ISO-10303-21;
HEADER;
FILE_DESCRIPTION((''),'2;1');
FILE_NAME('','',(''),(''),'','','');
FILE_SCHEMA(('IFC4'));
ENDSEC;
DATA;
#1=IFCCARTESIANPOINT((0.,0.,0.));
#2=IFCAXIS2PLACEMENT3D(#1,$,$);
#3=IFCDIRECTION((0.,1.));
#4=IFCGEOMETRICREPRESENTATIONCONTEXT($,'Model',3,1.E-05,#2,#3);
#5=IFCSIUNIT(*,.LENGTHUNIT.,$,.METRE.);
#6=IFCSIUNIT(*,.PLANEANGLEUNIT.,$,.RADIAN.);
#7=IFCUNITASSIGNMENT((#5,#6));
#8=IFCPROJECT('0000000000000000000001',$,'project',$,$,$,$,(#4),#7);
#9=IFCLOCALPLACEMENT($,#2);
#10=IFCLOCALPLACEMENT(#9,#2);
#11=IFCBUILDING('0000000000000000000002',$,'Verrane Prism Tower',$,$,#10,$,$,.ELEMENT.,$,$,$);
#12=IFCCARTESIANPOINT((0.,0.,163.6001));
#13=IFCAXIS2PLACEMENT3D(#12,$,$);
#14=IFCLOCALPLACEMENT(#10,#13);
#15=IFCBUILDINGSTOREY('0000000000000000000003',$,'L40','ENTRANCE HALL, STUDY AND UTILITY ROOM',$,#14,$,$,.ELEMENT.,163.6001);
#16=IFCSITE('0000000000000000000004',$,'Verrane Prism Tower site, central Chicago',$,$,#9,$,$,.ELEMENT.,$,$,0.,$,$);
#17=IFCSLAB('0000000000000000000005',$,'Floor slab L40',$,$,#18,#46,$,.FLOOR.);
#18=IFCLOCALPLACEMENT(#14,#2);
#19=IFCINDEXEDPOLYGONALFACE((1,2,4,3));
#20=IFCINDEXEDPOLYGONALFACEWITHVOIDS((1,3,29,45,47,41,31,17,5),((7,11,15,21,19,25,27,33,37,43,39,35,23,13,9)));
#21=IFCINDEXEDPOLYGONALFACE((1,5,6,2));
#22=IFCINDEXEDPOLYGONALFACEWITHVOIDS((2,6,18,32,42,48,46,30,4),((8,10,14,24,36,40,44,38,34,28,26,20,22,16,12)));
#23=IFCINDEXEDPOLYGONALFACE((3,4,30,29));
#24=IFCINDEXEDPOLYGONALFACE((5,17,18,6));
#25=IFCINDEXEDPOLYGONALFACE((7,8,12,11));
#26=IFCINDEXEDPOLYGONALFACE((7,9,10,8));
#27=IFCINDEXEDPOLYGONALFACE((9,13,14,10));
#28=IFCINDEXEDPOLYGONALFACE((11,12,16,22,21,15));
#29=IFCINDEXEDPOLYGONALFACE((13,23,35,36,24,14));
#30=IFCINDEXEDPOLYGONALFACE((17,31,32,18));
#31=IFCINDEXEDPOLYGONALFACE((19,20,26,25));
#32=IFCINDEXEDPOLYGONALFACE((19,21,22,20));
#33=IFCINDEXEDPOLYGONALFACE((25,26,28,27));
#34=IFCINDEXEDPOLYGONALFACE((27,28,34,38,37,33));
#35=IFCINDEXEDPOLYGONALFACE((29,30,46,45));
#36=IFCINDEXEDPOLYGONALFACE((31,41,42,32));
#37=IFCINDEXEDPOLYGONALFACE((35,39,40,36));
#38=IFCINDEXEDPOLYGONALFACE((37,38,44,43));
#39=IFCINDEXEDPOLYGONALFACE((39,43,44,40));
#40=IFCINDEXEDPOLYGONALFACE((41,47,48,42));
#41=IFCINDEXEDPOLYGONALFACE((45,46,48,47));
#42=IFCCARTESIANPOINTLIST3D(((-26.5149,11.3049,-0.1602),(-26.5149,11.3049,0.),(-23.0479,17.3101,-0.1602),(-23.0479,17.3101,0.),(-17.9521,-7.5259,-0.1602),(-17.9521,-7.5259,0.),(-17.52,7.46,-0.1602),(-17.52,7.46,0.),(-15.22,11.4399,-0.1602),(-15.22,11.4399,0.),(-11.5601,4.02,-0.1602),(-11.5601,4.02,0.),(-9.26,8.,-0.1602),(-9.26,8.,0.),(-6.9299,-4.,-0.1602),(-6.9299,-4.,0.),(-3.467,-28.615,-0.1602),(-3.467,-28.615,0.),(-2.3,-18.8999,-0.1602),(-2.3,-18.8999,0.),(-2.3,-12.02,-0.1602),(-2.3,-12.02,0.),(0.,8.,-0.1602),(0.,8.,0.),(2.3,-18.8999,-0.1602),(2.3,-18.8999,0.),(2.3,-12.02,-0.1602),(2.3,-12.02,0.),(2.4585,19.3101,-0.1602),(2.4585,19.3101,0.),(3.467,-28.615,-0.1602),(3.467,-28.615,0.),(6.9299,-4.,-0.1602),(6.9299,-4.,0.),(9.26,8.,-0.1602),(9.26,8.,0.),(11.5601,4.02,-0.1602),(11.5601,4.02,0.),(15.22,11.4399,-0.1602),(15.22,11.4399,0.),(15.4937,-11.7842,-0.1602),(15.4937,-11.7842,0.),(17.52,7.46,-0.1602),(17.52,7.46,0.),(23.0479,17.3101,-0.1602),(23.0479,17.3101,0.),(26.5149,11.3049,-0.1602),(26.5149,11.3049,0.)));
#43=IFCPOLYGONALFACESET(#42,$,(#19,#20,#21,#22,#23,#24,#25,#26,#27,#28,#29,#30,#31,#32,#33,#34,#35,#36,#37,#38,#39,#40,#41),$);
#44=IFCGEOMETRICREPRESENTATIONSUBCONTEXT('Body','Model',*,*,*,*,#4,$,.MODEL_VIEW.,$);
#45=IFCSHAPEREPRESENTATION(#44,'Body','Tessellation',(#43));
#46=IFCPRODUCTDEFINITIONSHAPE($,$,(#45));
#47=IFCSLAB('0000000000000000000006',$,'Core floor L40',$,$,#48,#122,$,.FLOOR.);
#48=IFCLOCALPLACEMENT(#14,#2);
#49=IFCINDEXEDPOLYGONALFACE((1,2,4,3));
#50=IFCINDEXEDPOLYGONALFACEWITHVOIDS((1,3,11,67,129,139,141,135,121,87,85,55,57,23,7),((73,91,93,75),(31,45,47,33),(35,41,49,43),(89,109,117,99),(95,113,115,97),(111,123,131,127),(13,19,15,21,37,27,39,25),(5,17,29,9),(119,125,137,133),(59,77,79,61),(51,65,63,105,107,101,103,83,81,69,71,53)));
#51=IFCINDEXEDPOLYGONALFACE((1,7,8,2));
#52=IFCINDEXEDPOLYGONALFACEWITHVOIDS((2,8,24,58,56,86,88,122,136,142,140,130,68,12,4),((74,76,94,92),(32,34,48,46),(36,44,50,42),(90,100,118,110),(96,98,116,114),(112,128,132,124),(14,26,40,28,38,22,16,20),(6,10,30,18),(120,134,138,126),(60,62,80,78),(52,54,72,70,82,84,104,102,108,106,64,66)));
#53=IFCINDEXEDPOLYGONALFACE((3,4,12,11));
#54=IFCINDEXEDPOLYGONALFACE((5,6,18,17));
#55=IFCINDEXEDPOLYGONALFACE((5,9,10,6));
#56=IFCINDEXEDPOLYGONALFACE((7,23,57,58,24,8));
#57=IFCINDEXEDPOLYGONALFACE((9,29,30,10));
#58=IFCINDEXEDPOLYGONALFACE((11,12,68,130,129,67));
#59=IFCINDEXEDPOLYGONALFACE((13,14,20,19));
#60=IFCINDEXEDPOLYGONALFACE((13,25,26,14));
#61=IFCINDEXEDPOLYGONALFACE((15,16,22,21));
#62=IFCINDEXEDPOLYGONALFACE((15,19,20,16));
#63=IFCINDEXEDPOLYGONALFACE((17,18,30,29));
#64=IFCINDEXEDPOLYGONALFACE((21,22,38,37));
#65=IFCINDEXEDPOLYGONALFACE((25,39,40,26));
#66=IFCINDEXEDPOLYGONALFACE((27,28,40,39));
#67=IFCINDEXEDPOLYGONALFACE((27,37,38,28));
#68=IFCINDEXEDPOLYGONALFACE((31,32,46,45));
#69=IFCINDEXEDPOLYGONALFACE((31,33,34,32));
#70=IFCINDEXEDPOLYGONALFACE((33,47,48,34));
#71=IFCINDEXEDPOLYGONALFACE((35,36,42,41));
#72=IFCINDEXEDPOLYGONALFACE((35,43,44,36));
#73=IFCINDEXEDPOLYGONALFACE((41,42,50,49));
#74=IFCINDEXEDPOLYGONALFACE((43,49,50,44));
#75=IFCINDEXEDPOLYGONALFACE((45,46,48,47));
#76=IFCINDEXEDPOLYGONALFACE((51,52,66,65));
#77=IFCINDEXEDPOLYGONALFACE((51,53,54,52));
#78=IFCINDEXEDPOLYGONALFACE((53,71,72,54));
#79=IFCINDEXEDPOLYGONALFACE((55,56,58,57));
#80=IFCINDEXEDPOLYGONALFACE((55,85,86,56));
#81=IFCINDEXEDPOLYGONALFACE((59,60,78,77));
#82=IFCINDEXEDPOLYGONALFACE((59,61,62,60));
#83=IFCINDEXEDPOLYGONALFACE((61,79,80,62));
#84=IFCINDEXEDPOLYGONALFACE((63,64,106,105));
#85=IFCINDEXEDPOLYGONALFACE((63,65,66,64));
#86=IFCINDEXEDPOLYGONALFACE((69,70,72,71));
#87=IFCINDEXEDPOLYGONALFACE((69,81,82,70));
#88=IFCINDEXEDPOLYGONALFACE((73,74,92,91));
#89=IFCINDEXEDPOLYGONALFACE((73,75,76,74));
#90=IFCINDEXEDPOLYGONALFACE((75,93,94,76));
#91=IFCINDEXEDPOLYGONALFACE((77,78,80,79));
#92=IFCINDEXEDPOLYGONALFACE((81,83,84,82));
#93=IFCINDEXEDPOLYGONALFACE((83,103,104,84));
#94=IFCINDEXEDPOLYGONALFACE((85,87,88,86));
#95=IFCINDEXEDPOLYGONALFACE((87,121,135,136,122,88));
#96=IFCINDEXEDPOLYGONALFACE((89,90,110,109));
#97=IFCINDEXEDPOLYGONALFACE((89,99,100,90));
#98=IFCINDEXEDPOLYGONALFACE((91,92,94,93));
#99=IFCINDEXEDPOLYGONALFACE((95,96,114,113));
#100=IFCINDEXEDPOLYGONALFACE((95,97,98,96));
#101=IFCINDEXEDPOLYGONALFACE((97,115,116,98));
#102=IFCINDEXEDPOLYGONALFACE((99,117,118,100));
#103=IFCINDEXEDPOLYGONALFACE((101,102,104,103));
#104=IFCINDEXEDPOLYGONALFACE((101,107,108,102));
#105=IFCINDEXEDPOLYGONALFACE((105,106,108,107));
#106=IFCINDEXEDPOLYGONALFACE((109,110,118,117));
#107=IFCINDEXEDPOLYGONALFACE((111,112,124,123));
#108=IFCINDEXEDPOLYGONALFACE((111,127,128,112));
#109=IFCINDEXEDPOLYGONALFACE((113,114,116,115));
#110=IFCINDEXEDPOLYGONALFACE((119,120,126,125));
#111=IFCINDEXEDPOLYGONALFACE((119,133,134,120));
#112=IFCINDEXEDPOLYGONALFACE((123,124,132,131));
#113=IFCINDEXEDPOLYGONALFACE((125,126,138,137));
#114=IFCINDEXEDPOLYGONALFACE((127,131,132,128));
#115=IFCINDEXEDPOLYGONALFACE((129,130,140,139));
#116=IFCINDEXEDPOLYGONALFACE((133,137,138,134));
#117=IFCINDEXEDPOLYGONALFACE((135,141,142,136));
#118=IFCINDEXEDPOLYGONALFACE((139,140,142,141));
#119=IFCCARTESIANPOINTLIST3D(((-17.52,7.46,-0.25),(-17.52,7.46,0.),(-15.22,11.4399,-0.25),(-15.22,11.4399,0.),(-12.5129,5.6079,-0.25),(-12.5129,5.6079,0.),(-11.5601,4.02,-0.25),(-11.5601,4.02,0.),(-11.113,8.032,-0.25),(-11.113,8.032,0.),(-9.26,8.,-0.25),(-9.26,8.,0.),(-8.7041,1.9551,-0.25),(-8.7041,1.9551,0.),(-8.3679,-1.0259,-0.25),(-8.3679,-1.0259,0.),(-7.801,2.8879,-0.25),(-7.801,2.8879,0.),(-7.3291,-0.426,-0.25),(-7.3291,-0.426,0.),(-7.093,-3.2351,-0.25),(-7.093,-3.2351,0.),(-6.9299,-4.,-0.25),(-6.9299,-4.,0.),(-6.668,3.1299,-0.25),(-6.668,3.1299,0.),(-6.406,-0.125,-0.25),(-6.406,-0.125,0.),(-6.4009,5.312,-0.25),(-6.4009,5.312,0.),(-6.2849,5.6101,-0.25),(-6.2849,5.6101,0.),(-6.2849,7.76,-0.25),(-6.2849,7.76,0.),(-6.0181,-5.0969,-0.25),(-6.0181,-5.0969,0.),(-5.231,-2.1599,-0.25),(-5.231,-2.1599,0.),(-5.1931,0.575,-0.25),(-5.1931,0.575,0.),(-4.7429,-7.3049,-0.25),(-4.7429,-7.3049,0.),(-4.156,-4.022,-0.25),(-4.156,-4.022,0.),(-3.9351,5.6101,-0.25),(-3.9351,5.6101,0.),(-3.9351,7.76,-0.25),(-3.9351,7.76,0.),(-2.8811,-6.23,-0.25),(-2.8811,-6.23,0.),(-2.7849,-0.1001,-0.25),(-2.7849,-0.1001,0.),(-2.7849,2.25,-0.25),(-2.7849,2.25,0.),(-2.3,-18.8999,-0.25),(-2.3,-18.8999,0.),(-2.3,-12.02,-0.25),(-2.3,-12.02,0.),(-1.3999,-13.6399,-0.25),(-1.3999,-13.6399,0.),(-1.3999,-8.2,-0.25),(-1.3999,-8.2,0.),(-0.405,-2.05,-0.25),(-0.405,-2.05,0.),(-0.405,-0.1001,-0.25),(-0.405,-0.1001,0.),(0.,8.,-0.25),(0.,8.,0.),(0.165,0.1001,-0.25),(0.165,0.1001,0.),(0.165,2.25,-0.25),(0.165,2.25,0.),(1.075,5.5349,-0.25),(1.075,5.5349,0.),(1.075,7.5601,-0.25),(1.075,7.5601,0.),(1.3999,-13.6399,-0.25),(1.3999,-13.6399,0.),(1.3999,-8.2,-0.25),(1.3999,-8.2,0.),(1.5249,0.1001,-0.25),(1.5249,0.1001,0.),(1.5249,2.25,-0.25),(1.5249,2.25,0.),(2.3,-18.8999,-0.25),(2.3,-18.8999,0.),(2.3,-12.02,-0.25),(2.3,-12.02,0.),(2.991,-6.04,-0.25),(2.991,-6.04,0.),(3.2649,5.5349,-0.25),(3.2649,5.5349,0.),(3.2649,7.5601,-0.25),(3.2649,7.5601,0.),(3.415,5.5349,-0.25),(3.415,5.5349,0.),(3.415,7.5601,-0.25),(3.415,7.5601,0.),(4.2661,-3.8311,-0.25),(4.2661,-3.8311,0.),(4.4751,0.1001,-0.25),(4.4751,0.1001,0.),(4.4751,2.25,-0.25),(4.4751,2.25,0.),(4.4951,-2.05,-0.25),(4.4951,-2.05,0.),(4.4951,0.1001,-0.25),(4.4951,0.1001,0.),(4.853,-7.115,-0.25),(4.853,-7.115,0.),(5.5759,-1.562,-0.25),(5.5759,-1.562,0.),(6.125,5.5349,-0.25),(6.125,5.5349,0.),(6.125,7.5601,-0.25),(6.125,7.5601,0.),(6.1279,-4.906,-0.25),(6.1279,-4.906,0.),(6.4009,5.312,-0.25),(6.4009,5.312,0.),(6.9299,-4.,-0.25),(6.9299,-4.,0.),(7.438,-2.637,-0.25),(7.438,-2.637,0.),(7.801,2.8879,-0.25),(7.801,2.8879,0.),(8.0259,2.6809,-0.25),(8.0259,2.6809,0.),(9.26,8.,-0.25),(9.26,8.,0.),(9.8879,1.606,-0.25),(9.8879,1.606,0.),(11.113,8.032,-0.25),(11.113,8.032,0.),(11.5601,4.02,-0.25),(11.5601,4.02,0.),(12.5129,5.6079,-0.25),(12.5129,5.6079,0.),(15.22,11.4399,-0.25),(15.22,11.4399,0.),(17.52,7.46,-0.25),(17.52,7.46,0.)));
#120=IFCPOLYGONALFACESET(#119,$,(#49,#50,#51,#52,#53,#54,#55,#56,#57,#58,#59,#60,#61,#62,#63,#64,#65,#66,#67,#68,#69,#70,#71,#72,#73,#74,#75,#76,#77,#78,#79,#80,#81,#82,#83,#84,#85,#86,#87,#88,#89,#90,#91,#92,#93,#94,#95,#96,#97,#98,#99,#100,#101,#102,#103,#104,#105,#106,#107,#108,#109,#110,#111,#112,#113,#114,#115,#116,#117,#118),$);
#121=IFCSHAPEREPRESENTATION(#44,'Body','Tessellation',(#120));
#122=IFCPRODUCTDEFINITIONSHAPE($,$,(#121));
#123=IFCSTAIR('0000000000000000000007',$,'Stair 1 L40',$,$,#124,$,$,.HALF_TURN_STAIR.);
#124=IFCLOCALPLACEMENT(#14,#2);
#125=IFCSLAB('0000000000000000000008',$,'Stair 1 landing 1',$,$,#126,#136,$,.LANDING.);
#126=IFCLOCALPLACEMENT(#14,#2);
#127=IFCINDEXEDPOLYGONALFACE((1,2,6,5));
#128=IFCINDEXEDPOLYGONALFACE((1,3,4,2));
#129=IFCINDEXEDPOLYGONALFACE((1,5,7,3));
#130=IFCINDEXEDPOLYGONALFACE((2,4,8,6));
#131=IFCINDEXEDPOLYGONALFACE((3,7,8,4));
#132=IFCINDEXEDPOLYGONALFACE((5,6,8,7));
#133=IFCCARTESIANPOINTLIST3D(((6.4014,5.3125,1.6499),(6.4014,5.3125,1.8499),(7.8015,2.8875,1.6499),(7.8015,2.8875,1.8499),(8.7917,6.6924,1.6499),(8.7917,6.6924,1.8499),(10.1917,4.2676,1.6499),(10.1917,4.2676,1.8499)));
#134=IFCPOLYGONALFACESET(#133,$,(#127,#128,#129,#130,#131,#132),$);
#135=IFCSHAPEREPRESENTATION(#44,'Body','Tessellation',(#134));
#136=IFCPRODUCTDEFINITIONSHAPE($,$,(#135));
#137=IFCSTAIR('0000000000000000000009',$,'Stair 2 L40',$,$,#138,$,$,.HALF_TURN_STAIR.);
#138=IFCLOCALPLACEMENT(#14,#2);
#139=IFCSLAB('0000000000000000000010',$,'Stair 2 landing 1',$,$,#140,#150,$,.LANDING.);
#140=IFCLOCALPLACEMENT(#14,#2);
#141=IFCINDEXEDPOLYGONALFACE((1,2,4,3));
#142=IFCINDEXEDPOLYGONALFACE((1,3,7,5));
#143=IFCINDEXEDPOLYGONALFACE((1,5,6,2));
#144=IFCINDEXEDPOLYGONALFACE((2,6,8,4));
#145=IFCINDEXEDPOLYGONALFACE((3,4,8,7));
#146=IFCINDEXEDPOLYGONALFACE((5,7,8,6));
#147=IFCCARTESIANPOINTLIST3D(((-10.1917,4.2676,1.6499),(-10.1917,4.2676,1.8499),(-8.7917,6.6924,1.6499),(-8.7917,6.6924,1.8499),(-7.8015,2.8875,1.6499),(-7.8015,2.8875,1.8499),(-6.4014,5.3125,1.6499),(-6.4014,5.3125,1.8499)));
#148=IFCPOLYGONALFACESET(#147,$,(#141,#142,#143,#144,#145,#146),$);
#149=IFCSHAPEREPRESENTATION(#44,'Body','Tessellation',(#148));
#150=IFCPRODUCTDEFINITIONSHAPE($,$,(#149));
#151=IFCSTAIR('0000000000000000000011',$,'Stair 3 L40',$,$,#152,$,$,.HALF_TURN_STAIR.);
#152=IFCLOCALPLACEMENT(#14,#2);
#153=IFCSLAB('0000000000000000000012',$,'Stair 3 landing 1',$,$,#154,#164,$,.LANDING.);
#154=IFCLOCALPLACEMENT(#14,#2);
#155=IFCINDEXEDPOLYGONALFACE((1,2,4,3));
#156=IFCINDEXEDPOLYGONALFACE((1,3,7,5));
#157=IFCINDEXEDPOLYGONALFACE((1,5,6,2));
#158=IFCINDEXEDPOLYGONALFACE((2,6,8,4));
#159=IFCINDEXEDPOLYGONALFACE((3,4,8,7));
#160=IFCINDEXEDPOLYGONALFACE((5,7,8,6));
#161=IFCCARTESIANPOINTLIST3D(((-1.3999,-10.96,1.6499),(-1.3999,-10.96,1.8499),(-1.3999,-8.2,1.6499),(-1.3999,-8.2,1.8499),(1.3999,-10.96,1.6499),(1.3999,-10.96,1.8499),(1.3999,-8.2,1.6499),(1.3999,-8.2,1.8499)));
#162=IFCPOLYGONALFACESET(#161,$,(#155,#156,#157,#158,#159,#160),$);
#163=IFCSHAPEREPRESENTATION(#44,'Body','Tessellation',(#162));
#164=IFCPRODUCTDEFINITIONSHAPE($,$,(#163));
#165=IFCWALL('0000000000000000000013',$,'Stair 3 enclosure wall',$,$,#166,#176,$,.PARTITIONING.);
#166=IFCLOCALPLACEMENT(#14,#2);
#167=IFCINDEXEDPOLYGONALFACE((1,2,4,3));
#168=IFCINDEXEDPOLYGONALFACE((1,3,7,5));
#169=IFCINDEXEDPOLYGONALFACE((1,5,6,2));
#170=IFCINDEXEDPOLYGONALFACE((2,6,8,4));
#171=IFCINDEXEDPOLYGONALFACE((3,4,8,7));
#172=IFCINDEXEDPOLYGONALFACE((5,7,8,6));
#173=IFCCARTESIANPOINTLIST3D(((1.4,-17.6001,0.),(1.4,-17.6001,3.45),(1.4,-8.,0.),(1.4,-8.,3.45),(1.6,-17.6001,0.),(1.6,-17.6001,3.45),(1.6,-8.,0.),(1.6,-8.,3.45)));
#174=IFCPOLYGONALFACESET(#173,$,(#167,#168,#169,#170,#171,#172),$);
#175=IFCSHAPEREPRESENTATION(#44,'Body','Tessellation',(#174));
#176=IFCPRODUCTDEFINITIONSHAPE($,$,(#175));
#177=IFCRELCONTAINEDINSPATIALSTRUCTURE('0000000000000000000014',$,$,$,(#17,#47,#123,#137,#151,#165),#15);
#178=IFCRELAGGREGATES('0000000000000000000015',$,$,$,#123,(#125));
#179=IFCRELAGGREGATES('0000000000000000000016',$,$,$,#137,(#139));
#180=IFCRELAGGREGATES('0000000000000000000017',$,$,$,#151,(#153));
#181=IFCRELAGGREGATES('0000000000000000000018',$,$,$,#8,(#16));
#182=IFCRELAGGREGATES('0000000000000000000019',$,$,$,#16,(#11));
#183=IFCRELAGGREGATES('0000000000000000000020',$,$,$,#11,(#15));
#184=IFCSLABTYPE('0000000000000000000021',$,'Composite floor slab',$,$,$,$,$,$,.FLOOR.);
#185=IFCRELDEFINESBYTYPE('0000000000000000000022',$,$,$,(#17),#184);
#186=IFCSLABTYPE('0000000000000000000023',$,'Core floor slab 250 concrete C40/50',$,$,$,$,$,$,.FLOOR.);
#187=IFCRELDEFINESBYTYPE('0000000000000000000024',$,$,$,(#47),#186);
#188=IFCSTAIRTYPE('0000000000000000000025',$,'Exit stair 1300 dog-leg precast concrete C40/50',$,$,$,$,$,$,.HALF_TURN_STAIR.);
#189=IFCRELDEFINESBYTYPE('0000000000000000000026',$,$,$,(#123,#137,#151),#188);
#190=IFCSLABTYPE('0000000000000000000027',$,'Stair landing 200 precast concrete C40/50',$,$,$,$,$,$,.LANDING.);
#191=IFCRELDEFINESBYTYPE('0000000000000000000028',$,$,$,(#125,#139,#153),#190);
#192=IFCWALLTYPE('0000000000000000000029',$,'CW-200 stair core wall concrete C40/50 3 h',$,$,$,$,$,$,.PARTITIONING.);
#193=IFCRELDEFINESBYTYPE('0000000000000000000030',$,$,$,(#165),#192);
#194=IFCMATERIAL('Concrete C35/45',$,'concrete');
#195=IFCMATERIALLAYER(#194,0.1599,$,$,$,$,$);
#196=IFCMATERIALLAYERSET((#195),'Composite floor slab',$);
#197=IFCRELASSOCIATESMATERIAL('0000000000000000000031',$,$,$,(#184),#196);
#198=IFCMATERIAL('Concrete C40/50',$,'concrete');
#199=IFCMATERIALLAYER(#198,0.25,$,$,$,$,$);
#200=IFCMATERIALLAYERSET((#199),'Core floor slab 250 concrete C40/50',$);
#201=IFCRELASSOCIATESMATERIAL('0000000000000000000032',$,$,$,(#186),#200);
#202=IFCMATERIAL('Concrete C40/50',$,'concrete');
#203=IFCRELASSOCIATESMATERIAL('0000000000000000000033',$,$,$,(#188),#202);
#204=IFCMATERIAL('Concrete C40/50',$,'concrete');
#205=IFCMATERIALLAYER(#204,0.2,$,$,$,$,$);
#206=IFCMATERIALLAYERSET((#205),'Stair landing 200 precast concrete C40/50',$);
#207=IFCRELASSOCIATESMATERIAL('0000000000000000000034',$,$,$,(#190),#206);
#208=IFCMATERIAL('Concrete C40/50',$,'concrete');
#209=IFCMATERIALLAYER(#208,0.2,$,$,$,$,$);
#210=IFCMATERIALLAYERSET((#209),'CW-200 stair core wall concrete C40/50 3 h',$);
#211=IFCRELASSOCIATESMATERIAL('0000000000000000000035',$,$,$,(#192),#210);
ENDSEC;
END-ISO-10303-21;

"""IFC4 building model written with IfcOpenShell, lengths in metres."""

from ifc_helpers import new_model, si_unit, direction, frame, frame_2d, origin, place, context, subcontext, project, spatial, polyline, rectangle, outline, extrude, material, layer, layer_set, type_object, element, aggregate, save


model = new_model("IFC4")

# Units and contexts
model_context = context("Model", 3, precision=1e-05, world=origin(), true_north=direction((0.0, 1.0)))
body_context = subcontext(model_context, "Body", "Model", "MODEL_VIEW")
ifc_project = project(units=[si_unit("LENGTHUNIT", "METRE"), si_unit("PLANEANGLEUNIT", "RADIAN")], contexts=[model_context])

# Site, building, storey
site_placement = place(None, origin())
site = spatial("IfcSite", under=ifc_project, at=site_placement, Name="Verrane Prism Tower site, central Chicago", CompositionType="ELEMENT", RefElevation=0.0)
building_placement = place(site_placement, origin())
building = spatial("IfcBuilding", under=site, at=building_placement, Name="Verrane Prism Tower", CompositionType="ELEMENT")
storey_placement = place(building_placement, frame((0.0, 0.0, 163.6001)))
storey = spatial("IfcBuildingStorey", under=building, at=storey_placement, Name="L40", Description="ENTRANCE HALL, STUDY AND UTILITY ROOM", CompositionType="ELEMENT", Elevation=163.6001)

# Slabs
ifc_material_1 = material(Name="Concrete C35/45", Category="concrete")
ifc_layer_1 = layer(ifc_material_1, 0.1599)
ifc_layer_set_1 = layer_set([ifc_layer_1], Name="Composite floor slab")
slab_type_1 = type_object("IfcSlabType", Name="Composite floor slab", PredefinedType="FLOOR", material=ifc_layer_set_1)
slab_1_placement = place(storey_placement, frame((0.0, 0.0, -0.1602)))
element("IfcSlab", 1, at=slab_1_placement, inside=storey, type_object=slab_type_1, Name="Floor slab L40", PredefinedType="FLOOR", context=body_context, shape_type="SweptSolid", body=[
    extrude(outline(polyline([(15.4937, -11.7842), (3.467, -28.615), (-3.467, -28.615), (-17.9521, -7.5259), (-26.5149, 11.3049), (-23.0479, 17.3101), (2.4585, 19.3101), (23.0479, 17.3101), (26.5149, 11.3049), (15.4937, -11.7842)]), holes=[polyline([(17.52, 7.46), (15.22, 11.4399), (9.26, 8.0), (0.0, 8.0), (-9.26, 8.0), (-15.22, 11.4399), (-17.52, 7.46), (-11.5601, 4.02), (-6.9299, -4.0), (-2.3, -12.02), (-2.3, -18.8999), (2.3, -18.8999), (2.3, -12.02), (6.9299, -4.0), (11.5601, 4.02), (17.52, 7.46)])]), origin(), (0.0, 0.0, 1.0), 0.1602),
])
ifc_material_2 = material(Name="Concrete C40/50", Category="concrete")
ifc_layer_2 = layer(ifc_material_2, 0.25)
ifc_layer_set_2 = layer_set([ifc_layer_2], Name="Core floor slab 250 concrete C40/50")
slab_type_2 = type_object("IfcSlabType", Name="Core floor slab 250 concrete C40/50", PredefinedType="FLOOR", material=ifc_layer_set_2)
slab_2_placement = place(storey_placement, frame((0.0, 0.0, -0.25)))
element("IfcSlab", 2, at=slab_2_placement, inside=storey, type_object=slab_type_2, Name="Core floor L40", PredefinedType="FLOOR", context=body_context, shape_type="SweptSolid", body=[
    extrude(outline(polyline([(11.5601, 4.02), (17.52, 7.46), (15.22, 11.4399), (9.26, 8.0), (0.0, 8.0), (-9.26, 8.0), (-15.22, 11.4399), (-17.52, 7.46), (-11.5601, 4.02), (-6.9299, -4.0), (-2.3, -12.02), (-2.3, -18.8999), (2.3, -18.8999), (2.3, -12.02), (6.9299, -4.0), (11.5601, 4.02)]), holes=[polyline([(1.3999, -8.2), (1.3999, -13.6399), (-1.3999, -13.6399), (-1.3999, -8.2), (1.3999, -8.2)]), polyline([(-2.8811, -6.23), (-4.7429, -7.3049), (-6.0181, -5.0969), (-4.156, -4.022), (-2.8811, -6.23)]), polyline([(-7.801, 2.8879), (-12.5129, 5.6079), (-11.113, 8.032), (-6.4009, 5.312), (-7.801, 2.8879)]), polyline([(-6.2849, 5.6101), (-6.2849, 7.76), (-3.9351, 7.76), (-3.9351, 5.6101), (-6.2849, 5.6101)]), polyline([(4.2661, -3.8311), (6.1279, -4.906), (4.853, -7.115), (2.991, -6.04), (4.2661, -3.8311)]), polyline([(7.438, -2.637), (5.5759, -1.562), (8.0259, 2.6809), (9.8879, 1.606), (7.438, -2.637)]), polyline([(0.165, 0.1001), (1.5249, 0.1001), (1.5249, 2.25), (4.4751, 2.25), (4.4751, 0.1001), (4.4951, 0.1001), (4.4951, -2.05), (-0.405, -2.05), (-0.405, -0.1001), (-2.7849, -0.1001), (-2.7849, 2.25), (0.165, 2.25), (0.165, 0.1001)]), polyline([(6.4009, 5.312), (11.113, 8.032), (12.5129, 5.6079), (7.801, 2.8879), (6.4009, 5.312)]), polyline([(1.075, 5.5349), (1.075, 7.5601), (3.2649, 7.5601), (3.2649, 5.5349), (1.075, 5.5349)]), polyline([(3.415, 7.5601), (6.125, 7.5601), (6.125, 5.5349), (3.415, 5.5349), (3.415, 7.5601)]), polyline([(-5.231, -2.1599), (-7.093, -3.2351), (-8.3679, -1.0259), (-7.3291, -0.426), (-8.7041, 1.9551), (-6.668, 3.1299), (-5.1931, 0.575), (-6.406, -0.125), (-5.231, -2.1599)])]), origin(), (0.0, 0.0, 1.0), 0.25),
])

# Stairs, slabs
ifc_material_3 = material(Name="Concrete C40/50", Category="concrete")
stair_type = type_object("IfcStairType", Name="Exit stair 1300 dog-leg precast concrete C40/50", PredefinedType="HALF_TURN_STAIR", material=ifc_material_3)
stair_1_placement = place(storey_placement, origin())
stair_1 = element("IfcStair", 3, at=stair_1_placement, inside=storey, type_object=stair_type, Name="Stair 1 L40", PredefinedType="HALF_TURN_STAIR")
ifc_material_4 = material(Name="Concrete C40/50", Category="concrete")
ifc_layer_3 = layer(ifc_material_4, 0.2)
ifc_layer_set_3 = layer_set([ifc_layer_3], Name="Stair landing 200 precast concrete C40/50")
slab_type_3 = type_object("IfcSlabType", Name="Stair landing 200 precast concrete C40/50", PredefinedType="LANDING", material=ifc_layer_set_3)
slab_3_placement = place(storey_placement, frame((0.0, 0.0, 1.6499)))
slab_3 = element("IfcSlab", 4, at=slab_3_placement, type_object=slab_type_3, Name="Stair 1 landing 1", PredefinedType="LANDING", context=body_context, shape_type="SweptSolid", body=[
    extrude(outline(polyline([(8.7917, 6.6924), (6.4014, 5.3125), (7.8015, 2.8875), (10.1917, 4.2676), (8.7917, 6.6924)])), origin(), (0.0, 0.0, 1.0), 0.2),
])
aggregate(stair_1, [slab_3])
stair_2_placement = place(storey_placement, origin())
stair_2 = element("IfcStair", 5, at=stair_2_placement, inside=storey, type_object=stair_type, Name="Stair 2 L40", PredefinedType="HALF_TURN_STAIR")
slab_4_placement = place(storey_placement, frame((0.0, 0.0, 1.6499)))
slab_4 = element("IfcSlab", 6, at=slab_4_placement, type_object=slab_type_3, Name="Stair 2 landing 1", PredefinedType="LANDING", context=body_context, shape_type="SweptSolid", body=[
    extrude(outline(polyline([(-10.1917, 4.2676), (-7.8015, 2.8875), (-6.4014, 5.3125), (-8.7917, 6.6924), (-10.1917, 4.2676)])), origin(), (0.0, 0.0, 1.0), 0.2),
])
aggregate(stair_2, [slab_4])
stair_3_placement = place(storey_placement, origin())
stair_3 = element("IfcStair", 7, at=stair_3_placement, inside=storey, type_object=stair_type, Name="Stair 3 L40", PredefinedType="HALF_TURN_STAIR")
slab_5_placement = place(storey_placement, frame((0.0, 0.0, 1.6499)))
slab_5 = element("IfcSlab", 8, at=slab_5_placement, type_object=slab_type_3, Name="Stair 3 landing 1", PredefinedType="LANDING", context=body_context, shape_type="SweptSolid", body=[
    extrude(outline(polyline([(1.3999, -10.96), (1.3999, -8.2), (-1.3999, -8.2), (-1.3999, -10.96), (1.3999, -10.96)])), origin(), (0.0, 0.0, 1.0), 0.2),
])
aggregate(stair_3, [slab_5])

# Wall
ifc_material_5 = material(Name="Concrete C40/50", Category="concrete")
ifc_layer_4 = layer(ifc_material_5, 0.2)
ifc_layer_set_4 = layer_set([ifc_layer_4], Name="CW-200 stair core wall concrete C40/50 3 h")
wall_type_1 = type_object("IfcWallType", Name="CW-200 stair core wall concrete C40/50 3 h", PredefinedType="PARTITIONING", material=ifc_layer_set_4)
wall_1_placement = place(storey_placement, frame((1.5, -8.0, 0.0), z_axis=(0.0, 0.0, 1.0), x_axis=(0.0, -1.0, 0.0)))
element("IfcWall", 9, at=wall_1_placement, inside=storey, type_object=wall_type_1, Name="Stair 3 enclosure wall", PredefinedType="PARTITIONING", context=body_context, shape_type="SweptSolid", body=[
    extrude(rectangle(XDim=9.6001, YDim=0.2, at=frame_2d((4.8, 0.0))), origin(), (0.0, 0.0, 1.0), 3.45),
])

save(model, "model.ifc")
